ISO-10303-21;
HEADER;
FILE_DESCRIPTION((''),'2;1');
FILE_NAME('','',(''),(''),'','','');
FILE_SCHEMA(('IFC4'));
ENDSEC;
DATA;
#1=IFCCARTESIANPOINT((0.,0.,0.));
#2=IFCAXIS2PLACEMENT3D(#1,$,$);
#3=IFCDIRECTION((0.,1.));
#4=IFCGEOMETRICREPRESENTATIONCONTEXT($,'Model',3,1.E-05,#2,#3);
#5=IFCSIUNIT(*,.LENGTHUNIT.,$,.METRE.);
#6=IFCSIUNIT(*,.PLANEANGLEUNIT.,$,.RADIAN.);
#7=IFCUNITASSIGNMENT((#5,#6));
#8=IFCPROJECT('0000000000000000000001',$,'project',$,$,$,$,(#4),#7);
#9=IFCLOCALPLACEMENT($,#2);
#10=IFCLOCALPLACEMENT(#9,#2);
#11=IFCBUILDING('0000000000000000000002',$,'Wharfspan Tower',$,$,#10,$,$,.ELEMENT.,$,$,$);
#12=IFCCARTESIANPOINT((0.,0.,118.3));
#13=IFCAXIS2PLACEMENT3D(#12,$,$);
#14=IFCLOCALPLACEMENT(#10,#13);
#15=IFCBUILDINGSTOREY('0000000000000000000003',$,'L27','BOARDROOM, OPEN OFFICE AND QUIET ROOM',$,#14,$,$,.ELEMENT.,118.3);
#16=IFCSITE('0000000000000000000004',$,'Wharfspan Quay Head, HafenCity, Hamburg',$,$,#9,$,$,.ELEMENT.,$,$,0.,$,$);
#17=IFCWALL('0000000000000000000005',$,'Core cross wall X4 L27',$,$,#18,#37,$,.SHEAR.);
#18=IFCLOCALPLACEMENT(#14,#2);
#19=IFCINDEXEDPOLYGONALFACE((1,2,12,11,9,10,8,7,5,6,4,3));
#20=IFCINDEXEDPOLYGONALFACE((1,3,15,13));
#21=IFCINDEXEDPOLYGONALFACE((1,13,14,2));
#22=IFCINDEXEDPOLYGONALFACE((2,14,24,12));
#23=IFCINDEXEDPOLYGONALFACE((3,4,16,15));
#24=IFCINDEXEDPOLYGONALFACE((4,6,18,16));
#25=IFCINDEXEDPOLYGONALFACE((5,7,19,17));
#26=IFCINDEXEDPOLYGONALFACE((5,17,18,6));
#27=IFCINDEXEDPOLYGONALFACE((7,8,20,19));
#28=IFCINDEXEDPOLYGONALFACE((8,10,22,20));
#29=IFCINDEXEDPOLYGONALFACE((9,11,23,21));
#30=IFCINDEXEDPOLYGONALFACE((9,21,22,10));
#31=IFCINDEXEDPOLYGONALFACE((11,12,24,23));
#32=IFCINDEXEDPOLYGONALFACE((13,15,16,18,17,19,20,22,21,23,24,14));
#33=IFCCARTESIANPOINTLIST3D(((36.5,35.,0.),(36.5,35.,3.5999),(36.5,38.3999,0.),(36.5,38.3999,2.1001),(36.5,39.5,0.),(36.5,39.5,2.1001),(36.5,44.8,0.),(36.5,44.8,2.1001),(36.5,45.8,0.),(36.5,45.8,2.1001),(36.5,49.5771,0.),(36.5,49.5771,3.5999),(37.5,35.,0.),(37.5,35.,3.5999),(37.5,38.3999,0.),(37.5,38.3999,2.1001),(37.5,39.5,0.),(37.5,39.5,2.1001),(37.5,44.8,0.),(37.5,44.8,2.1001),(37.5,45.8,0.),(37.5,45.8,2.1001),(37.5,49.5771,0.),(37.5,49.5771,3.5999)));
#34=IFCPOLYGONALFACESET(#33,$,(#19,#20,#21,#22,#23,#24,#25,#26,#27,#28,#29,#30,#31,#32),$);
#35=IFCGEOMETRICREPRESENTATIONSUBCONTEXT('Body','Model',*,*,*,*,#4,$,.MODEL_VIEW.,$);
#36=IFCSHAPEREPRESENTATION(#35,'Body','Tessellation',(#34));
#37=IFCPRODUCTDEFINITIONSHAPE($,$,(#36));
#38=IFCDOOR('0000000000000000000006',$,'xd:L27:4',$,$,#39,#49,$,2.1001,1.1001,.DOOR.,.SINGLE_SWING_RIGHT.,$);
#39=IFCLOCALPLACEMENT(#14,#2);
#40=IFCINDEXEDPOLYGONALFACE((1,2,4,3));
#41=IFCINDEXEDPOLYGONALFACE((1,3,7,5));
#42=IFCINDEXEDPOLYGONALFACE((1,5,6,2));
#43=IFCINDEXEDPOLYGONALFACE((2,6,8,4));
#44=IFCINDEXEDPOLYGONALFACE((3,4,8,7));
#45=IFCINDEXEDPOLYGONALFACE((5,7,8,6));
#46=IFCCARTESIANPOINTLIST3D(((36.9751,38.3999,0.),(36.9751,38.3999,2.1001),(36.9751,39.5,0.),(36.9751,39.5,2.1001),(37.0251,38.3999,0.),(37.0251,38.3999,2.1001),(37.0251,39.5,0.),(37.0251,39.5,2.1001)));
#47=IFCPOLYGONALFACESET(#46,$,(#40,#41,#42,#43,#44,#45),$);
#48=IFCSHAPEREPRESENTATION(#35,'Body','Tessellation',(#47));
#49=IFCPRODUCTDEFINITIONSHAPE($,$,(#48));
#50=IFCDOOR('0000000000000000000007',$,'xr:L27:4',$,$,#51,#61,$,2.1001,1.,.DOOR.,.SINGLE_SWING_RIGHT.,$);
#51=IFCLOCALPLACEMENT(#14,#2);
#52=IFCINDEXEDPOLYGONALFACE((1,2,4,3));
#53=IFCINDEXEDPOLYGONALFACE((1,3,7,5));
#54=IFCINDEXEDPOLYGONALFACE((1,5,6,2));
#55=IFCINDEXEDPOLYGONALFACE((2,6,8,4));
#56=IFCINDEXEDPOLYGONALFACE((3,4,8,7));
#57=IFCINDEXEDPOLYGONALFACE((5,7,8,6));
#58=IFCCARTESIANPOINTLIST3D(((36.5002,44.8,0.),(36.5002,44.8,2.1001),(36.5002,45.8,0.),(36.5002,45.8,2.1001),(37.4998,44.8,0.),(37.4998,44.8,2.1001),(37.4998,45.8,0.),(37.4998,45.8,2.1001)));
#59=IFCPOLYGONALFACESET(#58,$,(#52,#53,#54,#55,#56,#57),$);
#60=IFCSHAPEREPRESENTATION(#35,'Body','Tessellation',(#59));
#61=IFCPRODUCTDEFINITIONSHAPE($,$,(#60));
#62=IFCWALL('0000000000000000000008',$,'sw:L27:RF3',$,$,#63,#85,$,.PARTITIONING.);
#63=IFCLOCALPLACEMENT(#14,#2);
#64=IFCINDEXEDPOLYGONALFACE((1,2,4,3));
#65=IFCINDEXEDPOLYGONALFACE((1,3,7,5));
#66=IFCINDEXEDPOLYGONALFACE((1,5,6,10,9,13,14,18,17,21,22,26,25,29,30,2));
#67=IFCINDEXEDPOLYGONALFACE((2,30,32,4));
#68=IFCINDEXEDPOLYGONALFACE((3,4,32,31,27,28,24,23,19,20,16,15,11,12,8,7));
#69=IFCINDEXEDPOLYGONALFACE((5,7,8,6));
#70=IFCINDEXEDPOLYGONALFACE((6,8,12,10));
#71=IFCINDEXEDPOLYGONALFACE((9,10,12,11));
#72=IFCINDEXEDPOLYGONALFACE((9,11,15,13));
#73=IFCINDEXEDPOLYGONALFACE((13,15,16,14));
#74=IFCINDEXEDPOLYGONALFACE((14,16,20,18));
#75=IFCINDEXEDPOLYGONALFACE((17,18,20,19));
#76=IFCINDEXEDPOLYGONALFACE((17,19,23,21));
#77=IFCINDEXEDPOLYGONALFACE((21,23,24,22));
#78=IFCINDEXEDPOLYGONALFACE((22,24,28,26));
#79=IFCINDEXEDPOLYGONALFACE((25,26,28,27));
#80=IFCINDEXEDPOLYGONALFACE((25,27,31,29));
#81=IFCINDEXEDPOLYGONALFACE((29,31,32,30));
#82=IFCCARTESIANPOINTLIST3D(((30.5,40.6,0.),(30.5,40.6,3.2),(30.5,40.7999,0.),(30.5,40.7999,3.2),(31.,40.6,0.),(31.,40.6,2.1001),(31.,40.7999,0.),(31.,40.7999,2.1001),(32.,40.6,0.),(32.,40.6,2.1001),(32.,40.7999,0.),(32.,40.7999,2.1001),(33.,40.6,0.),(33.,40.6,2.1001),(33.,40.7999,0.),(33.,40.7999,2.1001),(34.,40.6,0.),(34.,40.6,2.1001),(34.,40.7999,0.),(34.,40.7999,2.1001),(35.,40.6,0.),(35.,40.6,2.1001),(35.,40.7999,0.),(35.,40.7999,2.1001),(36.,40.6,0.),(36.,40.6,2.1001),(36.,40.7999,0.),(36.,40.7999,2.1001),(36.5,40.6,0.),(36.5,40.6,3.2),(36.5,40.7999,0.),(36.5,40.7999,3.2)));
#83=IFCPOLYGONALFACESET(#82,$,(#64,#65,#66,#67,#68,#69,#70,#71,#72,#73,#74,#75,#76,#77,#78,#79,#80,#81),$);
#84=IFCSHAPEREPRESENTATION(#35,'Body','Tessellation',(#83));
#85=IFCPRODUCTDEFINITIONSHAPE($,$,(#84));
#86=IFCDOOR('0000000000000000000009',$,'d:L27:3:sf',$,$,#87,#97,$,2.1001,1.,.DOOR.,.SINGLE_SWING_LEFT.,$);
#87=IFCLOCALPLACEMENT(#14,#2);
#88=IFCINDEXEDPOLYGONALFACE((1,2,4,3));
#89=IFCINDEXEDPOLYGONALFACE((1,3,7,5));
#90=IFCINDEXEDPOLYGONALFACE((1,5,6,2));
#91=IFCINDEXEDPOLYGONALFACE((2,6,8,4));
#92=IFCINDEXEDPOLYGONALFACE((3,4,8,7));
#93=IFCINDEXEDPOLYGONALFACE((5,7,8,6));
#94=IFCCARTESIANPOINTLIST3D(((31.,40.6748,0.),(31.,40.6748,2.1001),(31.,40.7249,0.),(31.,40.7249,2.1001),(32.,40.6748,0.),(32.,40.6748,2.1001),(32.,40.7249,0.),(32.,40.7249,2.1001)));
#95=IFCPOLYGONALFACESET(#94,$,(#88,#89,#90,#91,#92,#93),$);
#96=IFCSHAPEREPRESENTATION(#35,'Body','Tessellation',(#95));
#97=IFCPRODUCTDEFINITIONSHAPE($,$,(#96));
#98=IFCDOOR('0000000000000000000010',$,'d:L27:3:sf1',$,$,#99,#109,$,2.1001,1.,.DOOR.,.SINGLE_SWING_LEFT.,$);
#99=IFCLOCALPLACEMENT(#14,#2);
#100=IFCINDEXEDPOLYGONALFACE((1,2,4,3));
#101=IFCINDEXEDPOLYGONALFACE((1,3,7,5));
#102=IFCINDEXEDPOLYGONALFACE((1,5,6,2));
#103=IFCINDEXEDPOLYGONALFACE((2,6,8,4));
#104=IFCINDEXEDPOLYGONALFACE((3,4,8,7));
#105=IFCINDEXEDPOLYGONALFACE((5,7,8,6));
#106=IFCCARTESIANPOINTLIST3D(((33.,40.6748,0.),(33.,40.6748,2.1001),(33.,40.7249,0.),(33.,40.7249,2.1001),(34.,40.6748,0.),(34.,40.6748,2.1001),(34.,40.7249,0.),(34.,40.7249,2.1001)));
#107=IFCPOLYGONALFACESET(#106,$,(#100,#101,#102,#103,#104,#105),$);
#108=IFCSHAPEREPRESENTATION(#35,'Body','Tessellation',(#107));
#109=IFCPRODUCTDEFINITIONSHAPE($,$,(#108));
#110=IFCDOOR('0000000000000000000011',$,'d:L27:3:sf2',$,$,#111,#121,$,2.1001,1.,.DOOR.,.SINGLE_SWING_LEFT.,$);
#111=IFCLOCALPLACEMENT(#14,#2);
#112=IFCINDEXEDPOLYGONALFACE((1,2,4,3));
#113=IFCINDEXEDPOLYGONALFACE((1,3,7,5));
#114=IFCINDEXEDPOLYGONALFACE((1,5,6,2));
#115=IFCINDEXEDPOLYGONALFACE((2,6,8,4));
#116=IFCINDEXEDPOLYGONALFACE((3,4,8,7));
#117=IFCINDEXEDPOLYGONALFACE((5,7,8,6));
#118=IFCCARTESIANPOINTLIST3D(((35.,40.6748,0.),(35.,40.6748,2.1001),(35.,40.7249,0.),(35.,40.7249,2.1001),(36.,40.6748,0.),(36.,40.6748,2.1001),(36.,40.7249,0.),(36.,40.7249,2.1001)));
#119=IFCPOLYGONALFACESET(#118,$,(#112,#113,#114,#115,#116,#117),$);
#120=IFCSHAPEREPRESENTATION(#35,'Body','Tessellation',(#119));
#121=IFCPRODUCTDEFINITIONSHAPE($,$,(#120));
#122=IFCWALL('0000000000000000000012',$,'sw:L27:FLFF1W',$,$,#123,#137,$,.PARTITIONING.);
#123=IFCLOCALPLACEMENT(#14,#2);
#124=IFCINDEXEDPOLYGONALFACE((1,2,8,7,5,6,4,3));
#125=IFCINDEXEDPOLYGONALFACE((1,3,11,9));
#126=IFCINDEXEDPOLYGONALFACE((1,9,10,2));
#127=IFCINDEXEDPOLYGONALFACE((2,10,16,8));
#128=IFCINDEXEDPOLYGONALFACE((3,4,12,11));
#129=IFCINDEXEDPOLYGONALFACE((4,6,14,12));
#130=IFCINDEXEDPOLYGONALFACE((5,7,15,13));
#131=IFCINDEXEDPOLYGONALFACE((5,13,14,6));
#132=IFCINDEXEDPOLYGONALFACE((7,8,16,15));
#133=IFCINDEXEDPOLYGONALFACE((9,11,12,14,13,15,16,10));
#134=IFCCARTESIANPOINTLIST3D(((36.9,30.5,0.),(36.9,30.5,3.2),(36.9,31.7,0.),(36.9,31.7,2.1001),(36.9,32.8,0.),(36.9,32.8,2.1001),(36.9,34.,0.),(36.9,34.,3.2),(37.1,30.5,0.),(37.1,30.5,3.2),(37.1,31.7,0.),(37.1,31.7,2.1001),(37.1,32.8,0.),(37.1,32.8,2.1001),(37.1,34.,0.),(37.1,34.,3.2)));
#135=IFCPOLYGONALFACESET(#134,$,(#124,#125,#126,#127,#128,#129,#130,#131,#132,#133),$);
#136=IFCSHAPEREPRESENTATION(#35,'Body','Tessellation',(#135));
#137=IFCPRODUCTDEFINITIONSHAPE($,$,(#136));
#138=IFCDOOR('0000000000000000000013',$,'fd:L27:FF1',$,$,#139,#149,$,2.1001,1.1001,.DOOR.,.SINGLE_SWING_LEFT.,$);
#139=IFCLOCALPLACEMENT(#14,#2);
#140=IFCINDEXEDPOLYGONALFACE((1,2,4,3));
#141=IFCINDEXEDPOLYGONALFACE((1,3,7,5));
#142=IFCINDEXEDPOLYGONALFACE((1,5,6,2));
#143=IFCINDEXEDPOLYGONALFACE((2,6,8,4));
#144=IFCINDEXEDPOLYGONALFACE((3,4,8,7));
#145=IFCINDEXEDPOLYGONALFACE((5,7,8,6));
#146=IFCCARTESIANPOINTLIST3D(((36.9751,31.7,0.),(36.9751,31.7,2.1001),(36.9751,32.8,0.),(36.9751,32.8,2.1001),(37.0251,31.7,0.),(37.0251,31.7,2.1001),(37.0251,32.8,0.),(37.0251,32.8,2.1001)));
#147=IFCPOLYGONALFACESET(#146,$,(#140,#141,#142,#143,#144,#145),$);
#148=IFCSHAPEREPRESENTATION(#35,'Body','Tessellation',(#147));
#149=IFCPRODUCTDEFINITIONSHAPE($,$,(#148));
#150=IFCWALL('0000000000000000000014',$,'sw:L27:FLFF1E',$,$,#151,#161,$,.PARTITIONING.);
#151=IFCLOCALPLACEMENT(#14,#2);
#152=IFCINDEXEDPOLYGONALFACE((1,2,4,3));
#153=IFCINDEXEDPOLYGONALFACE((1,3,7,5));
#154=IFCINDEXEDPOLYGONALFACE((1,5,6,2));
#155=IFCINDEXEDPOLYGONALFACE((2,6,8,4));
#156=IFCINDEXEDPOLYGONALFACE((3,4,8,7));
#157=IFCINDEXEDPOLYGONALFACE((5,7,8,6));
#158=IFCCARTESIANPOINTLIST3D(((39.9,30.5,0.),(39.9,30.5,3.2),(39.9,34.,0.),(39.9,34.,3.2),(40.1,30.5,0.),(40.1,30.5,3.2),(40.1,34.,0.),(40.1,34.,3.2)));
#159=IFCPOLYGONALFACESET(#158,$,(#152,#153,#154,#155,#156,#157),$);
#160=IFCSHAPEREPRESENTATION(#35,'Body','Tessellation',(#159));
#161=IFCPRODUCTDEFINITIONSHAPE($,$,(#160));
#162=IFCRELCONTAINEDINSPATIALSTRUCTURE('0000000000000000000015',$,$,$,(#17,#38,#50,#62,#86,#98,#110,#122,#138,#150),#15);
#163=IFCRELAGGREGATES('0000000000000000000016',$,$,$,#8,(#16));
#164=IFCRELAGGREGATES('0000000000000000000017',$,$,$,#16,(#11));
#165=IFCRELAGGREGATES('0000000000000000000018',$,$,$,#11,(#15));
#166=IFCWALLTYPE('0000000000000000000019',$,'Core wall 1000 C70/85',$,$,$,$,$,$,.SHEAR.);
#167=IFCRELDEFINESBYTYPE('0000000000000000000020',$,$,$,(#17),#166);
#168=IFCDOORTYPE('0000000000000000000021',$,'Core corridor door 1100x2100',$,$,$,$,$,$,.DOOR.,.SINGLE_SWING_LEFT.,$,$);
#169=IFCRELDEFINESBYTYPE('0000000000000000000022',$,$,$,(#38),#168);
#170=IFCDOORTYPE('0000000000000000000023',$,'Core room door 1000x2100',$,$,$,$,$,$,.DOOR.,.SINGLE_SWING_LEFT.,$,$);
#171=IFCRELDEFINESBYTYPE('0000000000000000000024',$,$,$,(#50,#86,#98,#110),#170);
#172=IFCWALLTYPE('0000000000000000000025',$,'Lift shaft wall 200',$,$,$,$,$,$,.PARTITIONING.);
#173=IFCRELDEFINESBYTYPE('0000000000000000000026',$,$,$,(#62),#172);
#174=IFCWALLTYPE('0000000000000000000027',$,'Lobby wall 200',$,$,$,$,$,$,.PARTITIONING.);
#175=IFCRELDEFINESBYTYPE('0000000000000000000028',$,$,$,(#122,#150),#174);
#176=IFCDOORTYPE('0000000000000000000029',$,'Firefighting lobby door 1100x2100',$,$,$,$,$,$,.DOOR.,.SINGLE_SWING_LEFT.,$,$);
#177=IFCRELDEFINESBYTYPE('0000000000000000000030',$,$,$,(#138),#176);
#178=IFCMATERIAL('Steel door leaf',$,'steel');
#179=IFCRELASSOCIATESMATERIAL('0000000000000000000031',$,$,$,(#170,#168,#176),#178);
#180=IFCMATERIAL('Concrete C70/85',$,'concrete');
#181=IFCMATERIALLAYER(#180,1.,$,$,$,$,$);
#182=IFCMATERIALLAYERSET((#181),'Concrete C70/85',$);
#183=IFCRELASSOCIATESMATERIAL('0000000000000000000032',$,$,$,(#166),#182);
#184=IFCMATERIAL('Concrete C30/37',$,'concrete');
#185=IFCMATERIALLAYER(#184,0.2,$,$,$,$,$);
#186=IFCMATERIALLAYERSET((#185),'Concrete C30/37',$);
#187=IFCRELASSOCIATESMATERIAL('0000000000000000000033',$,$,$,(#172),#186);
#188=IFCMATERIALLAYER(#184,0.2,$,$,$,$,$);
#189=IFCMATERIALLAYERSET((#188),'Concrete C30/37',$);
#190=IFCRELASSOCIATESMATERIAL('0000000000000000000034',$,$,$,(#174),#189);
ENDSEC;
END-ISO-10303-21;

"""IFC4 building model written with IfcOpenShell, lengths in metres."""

from ifc_helpers import new_model, si_unit, direction, frame, frame_2d, origin, place, context, subcontext, project, spatial, rectangle, extrude, material, layer, layer_set, type_object, element, fill, save


model = new_model("IFC4")

# Units and contexts
model_context = context("Model", 3, precision=1e-05, world=origin(), true_north=direction((0.0, 1.0)))
body_context = subcontext(model_context, "Body", "Model", "MODEL_VIEW")
ifc_project = project(units=[si_unit("LENGTHUNIT", "METRE"), si_unit("PLANEANGLEUNIT", "RADIAN")], contexts=[model_context])

# Site, building, storey
site_placement = place(None, origin())
site = spatial("IfcSite", under=ifc_project, at=site_placement, Name="Wharfspan Quay Head, HafenCity, Hamburg", CompositionType="ELEMENT", RefElevation=0.0)
building_placement = place(site_placement, origin())
building = spatial("IfcBuilding", under=site, at=building_placement, Name="Wharfspan Tower", CompositionType="ELEMENT")
storey_placement = place(building_placement, frame((0.0, 0.0, 118.3)))
storey = spatial("IfcBuildingStorey", under=building, at=storey_placement, Name="L27", Description="BOARDROOM, OPEN OFFICE AND QUIET ROOM", CompositionType="ELEMENT", Elevation=118.3)

# Shared definitions
ifc_material_1 = material(Name="Steel door leaf", Category="steel")
door_type_1 = type_object("IfcDoorType", Name="Core room door 1000x2100", OperationType="SINGLE_SWING_LEFT", PredefinedType="DOOR", material=ifc_material_1)

# Walls, openings, doors
ifc_material_2 = material(Name="Concrete C70/85", Category="concrete")
ifc_layer_1 = layer(ifc_material_2, 1.0)
ifc_layer_set_1 = layer_set([ifc_layer_1], Name="Concrete C70/85")
wall_type_1 = type_object("IfcWallType", Name="Core wall 1000 C70/85", PredefinedType="SHEAR", material=ifc_layer_set_1)
wall_1_placement = place(storey_placement, frame((37.0, 35.0, 0.0), z_axis=(0.0, 0.0, 1.0), x_axis=(0.0, 1.0, 0.0)))
wall_1 = element("IfcWall", 1, at=wall_1_placement, inside=storey, type_object=wall_type_1, Name="Core cross wall X4 L27", PredefinedType="SHEAR", context=body_context, shape_type="SweptSolid", body=[
    extrude(rectangle(XDim=14.5771, YDim=1.0, at=frame_2d((7.2886, 0.0))), origin(), (0.0, 0.0, 1.0), 3.5999),
])
opening_1_placement = place(wall_1_placement, frame((3.3999, 0.0, 0.0)))
opening_1 = element("IfcOpeningElement", 2, at=opening_1_placement, cuts=wall_1, PredefinedType="OPENING", context=body_context, shape_type="SweptSolid", body=[
    extrude(rectangle(XDim=1.1001, YDim=2.1001, at=frame_2d((0.55, 1.05))), frame((0.0, 0.51, 0.0), z_axis=(0.0, -1.0, 0.0), x_axis=(1.0, 0.0, 0.0)), (0.0, 0.0, 1.0), 1.02),
])
opening_2_placement = place(wall_1_placement, frame((9.8, 0.0, 0.0)))
opening_2 = element("IfcOpeningElement", 3, at=opening_2_placement, cuts=wall_1, PredefinedType="OPENING", context=body_context, shape_type="SweptSolid", body=[
    extrude(rectangle(XDim=1.0, YDim=2.1001, at=frame_2d((0.5, 1.05))), frame((0.0, 0.51, 0.0), z_axis=(0.0, -1.0, 0.0), x_axis=(1.0, 0.0, 0.0)), (0.0, 0.0, 1.0), 1.02),
])
door_type_2 = type_object("IfcDoorType", Name="Core corridor door 1100x2100", OperationType="SINGLE_SWING_LEFT", PredefinedType="DOOR", material=ifc_material_1)
door_1_placement = place(opening_1_placement, origin())
door_1 = element("IfcDoor", 4, at=door_1_placement, inside=storey, type_object=door_type_2, Name="xd:L27:4", OperationType="SINGLE_SWING_RIGHT", OverallHeight=2.1001, OverallWidth=1.1001, PredefinedType="DOOR", context=body_context, shape_type="SweptSolid", body=[
    extrude(rectangle(XDim=1.1001, YDim=2.1001, at=frame_2d((0.55, 1.05))), frame((0.0, 0.0249, 0.0), z_axis=(0.0, -1.0, 0.0), x_axis=(1.0, 0.0, 0.0)), (0.0, 0.0, 1.0), 0.05),
])
fill(opening_1, door_1)
door_2_placement = place(opening_2_placement, origin())
door_2 = element("IfcDoor", 5, at=door_2_placement, inside=storey, type_object=door_type_1, Name="xr:L27:4", OperationType="SINGLE_SWING_RIGHT", OverallHeight=2.1001, OverallWidth=1.0, PredefinedType="DOOR", context=body_context, shape_type="SweptSolid", body=[
    extrude(rectangle(XDim=1.0, YDim=2.1001, at=frame_2d((0.5, 1.05))), frame((0.0, 0.4998, 0.0), z_axis=(0.0, -1.0, 0.0), x_axis=(1.0, 0.0, 0.0)), (0.0, 0.0, 1.0), 0.9995),
])
fill(opening_2, door_2)
ifc_material_3 = material(Name="Concrete C30/37", Category="concrete")
ifc_layer_2 = layer(ifc_material_3, 0.2)
ifc_layer_set_2 = layer_set([ifc_layer_2], Name="Concrete C30/37")
wall_type_2 = type_object("IfcWallType", Name="Lift shaft wall 200", PredefinedType="PARTITIONING", material=ifc_layer_set_2)
wall_2_placement = place(storey_placement, frame((30.5, 40.7, 0.0), z_axis=(0.0, 0.0, 1.0), x_axis=(1.0, 0.0, 0.0)))
wall_2 = element("IfcWall", 6, at=wall_2_placement, inside=storey, type_object=wall_type_2, Name="sw:L27:RF3", PredefinedType="PARTITIONING", context=body_context, shape_type="SweptSolid", body=[
    extrude(rectangle(XDim=6.0, YDim=0.2, at=frame_2d((3.0, 0.0))), origin(), (0.0, 0.0, 1.0), 3.2),
])
opening_3_placement = place(wall_2_placement, frame((0.5, 0.0, 0.0)))
opening_3 = element("IfcOpeningElement", 7, at=opening_3_placement, cuts=wall_2, PredefinedType="OPENING", context=body_context, shape_type="SweptSolid", body=[
    extrude(rectangle(XDim=1.0, YDim=2.1001, at=frame_2d((0.5, 1.05))), frame((0.0, 0.1099, 0.0), z_axis=(0.0, -1.0, 0.0), x_axis=(1.0, 0.0, 0.0)), (0.0, 0.0, 1.0), 0.22),
])
opening_4_placement = place(wall_2_placement, frame((2.5, 0.0, 0.0)))
opening_4 = element("IfcOpeningElement", 8, at=opening_4_placement, cuts=wall_2, PredefinedType="OPENING", context=body_context, shape_type="SweptSolid", body=[
    extrude(rectangle(XDim=1.0, YDim=2.1001, at=frame_2d((0.5, 1.05))), frame((0.0, 0.1099, 0.0), z_axis=(0.0, -1.0, 0.0), x_axis=(1.0, 0.0, 0.0)), (0.0, 0.0, 1.0), 0.22),
])
opening_5_placement = place(wall_2_placement, frame((4.5, 0.0, 0.0)))
opening_5 = element("IfcOpeningElement", 9, at=opening_5_placement, cuts=wall_2, PredefinedType="OPENING", context=body_context, shape_type="SweptSolid", body=[
    extrude(rectangle(XDim=1.0, YDim=2.1001, at=frame_2d((0.5, 1.05))), frame((0.0, 0.1099, 0.0), z_axis=(0.0, -1.0, 0.0), x_axis=(1.0, 0.0, 0.0)), (0.0, 0.0, 1.0), 0.22),
])
door_3_placement = place(opening_3_placement, origin())
door_3 = element("IfcDoor", 10, at=door_3_placement, inside=storey, type_object=door_type_1, Name="d:L27:3:sf", OperationType="SINGLE_SWING_LEFT", OverallHeight=2.1001, OverallWidth=1.0, PredefinedType="DOOR", context=body_context, shape_type="SweptSolid", body=[
    extrude(rectangle(XDim=1.0, YDim=2.1001, at=frame_2d((0.5, 1.05))), frame((0.0, 0.0249, 0.0), z_axis=(0.0, -1.0, 0.0), x_axis=(1.0, 0.0, 0.0)), (0.0, 0.0, 1.0), 0.05),
])
fill(opening_3, door_3)
door_4_placement = place(opening_4_placement, origin())
door_4 = element("IfcDoor", 11, at=door_4_placement, inside=storey, type_object=door_type_1, Name="d:L27:3:sf1", OperationType="SINGLE_SWING_LEFT", OverallHeight=2.1001, OverallWidth=1.0, PredefinedType="DOOR", context=body_context, shape_type="SweptSolid", body=[
    extrude(rectangle(XDim=1.0, YDim=2.1001, at=frame_2d((0.5, 1.05))), frame((0.0, 0.0249, 0.0), z_axis=(0.0, -1.0, 0.0), x_axis=(1.0, 0.0, 0.0)), (0.0, 0.0, 1.0), 0.05),
])
fill(opening_4, door_4)
door_5_placement = place(opening_5_placement, origin())
door_5 = element("IfcDoor", 12, at=door_5_placement, inside=storey, type_object=door_type_1, Name="d:L27:3:sf2", OperationType="SINGLE_SWING_LEFT", OverallHeight=2.1001, OverallWidth=1.0, PredefinedType="DOOR", context=body_context, shape_type="SweptSolid", body=[
    extrude(rectangle(XDim=1.0, YDim=2.1001, at=frame_2d((0.5, 1.05))), frame((0.0, 0.0249, 0.0), z_axis=(0.0, -1.0, 0.0), x_axis=(1.0, 0.0, 0.0)), (0.0, 0.0, 1.0), 0.05),
])
fill(opening_5, door_5)

# Wall, opening, door
ifc_layer_3 = layer(ifc_material_3, 0.2)
ifc_layer_set_3 = layer_set([ifc_layer_3], Name="Concrete C30/37")
wall_type_3 = type_object("IfcWallType", Name="Lobby wall 200", PredefinedType="PARTITIONING", material=ifc_layer_set_3)
wall_3_placement = place(storey_placement, frame((37.0, 30.5, 0.0), z_axis=(0.0, 0.0, 1.0), x_axis=(0.0, 1.0, 0.0)))
wall_3 = element("IfcWall", 13, at=wall_3_placement, inside=storey, type_object=wall_type_3, Name="sw:L27:FLFF1W", PredefinedType="PARTITIONING", context=body_context, shape_type="SweptSolid", body=[
    extrude(rectangle(XDim=3.5, YDim=0.2, at=frame_2d((1.75, 0.0))), origin(), (0.0, 0.0, 1.0), 3.2),
])
opening_6_placement = place(wall_3_placement, frame((1.2, 0.0, 0.0)))
opening_6 = element("IfcOpeningElement", 14, at=opening_6_placement, cuts=wall_3, PredefinedType="OPENING", context=body_context, shape_type="SweptSolid", body=[
    extrude(rectangle(XDim=1.1001, YDim=2.1001, at=frame_2d((0.55, 1.05))), frame((0.0, 0.1099, 0.0), z_axis=(0.0, -1.0, 0.0), x_axis=(1.0, 0.0, 0.0)), (0.0, 0.0, 1.0), 0.22),
])
door_type_3 = type_object("IfcDoorType", Name="Firefighting lobby door 1100x2100", OperationType="SINGLE_SWING_LEFT", PredefinedType="DOOR", material=ifc_material_1)
door_6_placement = place(opening_6_placement, origin())
door_6 = element("IfcDoor", 15, at=door_6_placement, inside=storey, type_object=door_type_3, Name="fd:L27:FF1", OperationType="SINGLE_SWING_LEFT", OverallHeight=2.1001, OverallWidth=1.1001, PredefinedType="DOOR", context=body_context, shape_type="SweptSolid", body=[
    extrude(rectangle(XDim=1.1001, YDim=2.1001, at=frame_2d((0.55, 1.05))), frame((0.0, 0.0249, 0.0), z_axis=(0.0, -1.0, 0.0), x_axis=(1.0, 0.0, 0.0)), (0.0, 0.0, 1.0), 0.05),
])
fill(opening_6, door_6)

# Wall
wall_4_placement = place(storey_placement, frame((40.0, 30.5, 0.0), z_axis=(0.0, 0.0, 1.0), x_axis=(0.0, 1.0, 0.0)))
element("IfcWall", 16, at=wall_4_placement, inside=storey, type_object=wall_type_3, Name="sw:L27:FLFF1E", PredefinedType="PARTITIONING", context=body_context, shape_type="SweptSolid", body=[
    extrude(rectangle(XDim=3.5, YDim=0.2, at=frame_2d((1.75, 0.0))), origin(), (0.0, 0.0, 1.0), 3.2),
])

save(model, "model.ifc")
